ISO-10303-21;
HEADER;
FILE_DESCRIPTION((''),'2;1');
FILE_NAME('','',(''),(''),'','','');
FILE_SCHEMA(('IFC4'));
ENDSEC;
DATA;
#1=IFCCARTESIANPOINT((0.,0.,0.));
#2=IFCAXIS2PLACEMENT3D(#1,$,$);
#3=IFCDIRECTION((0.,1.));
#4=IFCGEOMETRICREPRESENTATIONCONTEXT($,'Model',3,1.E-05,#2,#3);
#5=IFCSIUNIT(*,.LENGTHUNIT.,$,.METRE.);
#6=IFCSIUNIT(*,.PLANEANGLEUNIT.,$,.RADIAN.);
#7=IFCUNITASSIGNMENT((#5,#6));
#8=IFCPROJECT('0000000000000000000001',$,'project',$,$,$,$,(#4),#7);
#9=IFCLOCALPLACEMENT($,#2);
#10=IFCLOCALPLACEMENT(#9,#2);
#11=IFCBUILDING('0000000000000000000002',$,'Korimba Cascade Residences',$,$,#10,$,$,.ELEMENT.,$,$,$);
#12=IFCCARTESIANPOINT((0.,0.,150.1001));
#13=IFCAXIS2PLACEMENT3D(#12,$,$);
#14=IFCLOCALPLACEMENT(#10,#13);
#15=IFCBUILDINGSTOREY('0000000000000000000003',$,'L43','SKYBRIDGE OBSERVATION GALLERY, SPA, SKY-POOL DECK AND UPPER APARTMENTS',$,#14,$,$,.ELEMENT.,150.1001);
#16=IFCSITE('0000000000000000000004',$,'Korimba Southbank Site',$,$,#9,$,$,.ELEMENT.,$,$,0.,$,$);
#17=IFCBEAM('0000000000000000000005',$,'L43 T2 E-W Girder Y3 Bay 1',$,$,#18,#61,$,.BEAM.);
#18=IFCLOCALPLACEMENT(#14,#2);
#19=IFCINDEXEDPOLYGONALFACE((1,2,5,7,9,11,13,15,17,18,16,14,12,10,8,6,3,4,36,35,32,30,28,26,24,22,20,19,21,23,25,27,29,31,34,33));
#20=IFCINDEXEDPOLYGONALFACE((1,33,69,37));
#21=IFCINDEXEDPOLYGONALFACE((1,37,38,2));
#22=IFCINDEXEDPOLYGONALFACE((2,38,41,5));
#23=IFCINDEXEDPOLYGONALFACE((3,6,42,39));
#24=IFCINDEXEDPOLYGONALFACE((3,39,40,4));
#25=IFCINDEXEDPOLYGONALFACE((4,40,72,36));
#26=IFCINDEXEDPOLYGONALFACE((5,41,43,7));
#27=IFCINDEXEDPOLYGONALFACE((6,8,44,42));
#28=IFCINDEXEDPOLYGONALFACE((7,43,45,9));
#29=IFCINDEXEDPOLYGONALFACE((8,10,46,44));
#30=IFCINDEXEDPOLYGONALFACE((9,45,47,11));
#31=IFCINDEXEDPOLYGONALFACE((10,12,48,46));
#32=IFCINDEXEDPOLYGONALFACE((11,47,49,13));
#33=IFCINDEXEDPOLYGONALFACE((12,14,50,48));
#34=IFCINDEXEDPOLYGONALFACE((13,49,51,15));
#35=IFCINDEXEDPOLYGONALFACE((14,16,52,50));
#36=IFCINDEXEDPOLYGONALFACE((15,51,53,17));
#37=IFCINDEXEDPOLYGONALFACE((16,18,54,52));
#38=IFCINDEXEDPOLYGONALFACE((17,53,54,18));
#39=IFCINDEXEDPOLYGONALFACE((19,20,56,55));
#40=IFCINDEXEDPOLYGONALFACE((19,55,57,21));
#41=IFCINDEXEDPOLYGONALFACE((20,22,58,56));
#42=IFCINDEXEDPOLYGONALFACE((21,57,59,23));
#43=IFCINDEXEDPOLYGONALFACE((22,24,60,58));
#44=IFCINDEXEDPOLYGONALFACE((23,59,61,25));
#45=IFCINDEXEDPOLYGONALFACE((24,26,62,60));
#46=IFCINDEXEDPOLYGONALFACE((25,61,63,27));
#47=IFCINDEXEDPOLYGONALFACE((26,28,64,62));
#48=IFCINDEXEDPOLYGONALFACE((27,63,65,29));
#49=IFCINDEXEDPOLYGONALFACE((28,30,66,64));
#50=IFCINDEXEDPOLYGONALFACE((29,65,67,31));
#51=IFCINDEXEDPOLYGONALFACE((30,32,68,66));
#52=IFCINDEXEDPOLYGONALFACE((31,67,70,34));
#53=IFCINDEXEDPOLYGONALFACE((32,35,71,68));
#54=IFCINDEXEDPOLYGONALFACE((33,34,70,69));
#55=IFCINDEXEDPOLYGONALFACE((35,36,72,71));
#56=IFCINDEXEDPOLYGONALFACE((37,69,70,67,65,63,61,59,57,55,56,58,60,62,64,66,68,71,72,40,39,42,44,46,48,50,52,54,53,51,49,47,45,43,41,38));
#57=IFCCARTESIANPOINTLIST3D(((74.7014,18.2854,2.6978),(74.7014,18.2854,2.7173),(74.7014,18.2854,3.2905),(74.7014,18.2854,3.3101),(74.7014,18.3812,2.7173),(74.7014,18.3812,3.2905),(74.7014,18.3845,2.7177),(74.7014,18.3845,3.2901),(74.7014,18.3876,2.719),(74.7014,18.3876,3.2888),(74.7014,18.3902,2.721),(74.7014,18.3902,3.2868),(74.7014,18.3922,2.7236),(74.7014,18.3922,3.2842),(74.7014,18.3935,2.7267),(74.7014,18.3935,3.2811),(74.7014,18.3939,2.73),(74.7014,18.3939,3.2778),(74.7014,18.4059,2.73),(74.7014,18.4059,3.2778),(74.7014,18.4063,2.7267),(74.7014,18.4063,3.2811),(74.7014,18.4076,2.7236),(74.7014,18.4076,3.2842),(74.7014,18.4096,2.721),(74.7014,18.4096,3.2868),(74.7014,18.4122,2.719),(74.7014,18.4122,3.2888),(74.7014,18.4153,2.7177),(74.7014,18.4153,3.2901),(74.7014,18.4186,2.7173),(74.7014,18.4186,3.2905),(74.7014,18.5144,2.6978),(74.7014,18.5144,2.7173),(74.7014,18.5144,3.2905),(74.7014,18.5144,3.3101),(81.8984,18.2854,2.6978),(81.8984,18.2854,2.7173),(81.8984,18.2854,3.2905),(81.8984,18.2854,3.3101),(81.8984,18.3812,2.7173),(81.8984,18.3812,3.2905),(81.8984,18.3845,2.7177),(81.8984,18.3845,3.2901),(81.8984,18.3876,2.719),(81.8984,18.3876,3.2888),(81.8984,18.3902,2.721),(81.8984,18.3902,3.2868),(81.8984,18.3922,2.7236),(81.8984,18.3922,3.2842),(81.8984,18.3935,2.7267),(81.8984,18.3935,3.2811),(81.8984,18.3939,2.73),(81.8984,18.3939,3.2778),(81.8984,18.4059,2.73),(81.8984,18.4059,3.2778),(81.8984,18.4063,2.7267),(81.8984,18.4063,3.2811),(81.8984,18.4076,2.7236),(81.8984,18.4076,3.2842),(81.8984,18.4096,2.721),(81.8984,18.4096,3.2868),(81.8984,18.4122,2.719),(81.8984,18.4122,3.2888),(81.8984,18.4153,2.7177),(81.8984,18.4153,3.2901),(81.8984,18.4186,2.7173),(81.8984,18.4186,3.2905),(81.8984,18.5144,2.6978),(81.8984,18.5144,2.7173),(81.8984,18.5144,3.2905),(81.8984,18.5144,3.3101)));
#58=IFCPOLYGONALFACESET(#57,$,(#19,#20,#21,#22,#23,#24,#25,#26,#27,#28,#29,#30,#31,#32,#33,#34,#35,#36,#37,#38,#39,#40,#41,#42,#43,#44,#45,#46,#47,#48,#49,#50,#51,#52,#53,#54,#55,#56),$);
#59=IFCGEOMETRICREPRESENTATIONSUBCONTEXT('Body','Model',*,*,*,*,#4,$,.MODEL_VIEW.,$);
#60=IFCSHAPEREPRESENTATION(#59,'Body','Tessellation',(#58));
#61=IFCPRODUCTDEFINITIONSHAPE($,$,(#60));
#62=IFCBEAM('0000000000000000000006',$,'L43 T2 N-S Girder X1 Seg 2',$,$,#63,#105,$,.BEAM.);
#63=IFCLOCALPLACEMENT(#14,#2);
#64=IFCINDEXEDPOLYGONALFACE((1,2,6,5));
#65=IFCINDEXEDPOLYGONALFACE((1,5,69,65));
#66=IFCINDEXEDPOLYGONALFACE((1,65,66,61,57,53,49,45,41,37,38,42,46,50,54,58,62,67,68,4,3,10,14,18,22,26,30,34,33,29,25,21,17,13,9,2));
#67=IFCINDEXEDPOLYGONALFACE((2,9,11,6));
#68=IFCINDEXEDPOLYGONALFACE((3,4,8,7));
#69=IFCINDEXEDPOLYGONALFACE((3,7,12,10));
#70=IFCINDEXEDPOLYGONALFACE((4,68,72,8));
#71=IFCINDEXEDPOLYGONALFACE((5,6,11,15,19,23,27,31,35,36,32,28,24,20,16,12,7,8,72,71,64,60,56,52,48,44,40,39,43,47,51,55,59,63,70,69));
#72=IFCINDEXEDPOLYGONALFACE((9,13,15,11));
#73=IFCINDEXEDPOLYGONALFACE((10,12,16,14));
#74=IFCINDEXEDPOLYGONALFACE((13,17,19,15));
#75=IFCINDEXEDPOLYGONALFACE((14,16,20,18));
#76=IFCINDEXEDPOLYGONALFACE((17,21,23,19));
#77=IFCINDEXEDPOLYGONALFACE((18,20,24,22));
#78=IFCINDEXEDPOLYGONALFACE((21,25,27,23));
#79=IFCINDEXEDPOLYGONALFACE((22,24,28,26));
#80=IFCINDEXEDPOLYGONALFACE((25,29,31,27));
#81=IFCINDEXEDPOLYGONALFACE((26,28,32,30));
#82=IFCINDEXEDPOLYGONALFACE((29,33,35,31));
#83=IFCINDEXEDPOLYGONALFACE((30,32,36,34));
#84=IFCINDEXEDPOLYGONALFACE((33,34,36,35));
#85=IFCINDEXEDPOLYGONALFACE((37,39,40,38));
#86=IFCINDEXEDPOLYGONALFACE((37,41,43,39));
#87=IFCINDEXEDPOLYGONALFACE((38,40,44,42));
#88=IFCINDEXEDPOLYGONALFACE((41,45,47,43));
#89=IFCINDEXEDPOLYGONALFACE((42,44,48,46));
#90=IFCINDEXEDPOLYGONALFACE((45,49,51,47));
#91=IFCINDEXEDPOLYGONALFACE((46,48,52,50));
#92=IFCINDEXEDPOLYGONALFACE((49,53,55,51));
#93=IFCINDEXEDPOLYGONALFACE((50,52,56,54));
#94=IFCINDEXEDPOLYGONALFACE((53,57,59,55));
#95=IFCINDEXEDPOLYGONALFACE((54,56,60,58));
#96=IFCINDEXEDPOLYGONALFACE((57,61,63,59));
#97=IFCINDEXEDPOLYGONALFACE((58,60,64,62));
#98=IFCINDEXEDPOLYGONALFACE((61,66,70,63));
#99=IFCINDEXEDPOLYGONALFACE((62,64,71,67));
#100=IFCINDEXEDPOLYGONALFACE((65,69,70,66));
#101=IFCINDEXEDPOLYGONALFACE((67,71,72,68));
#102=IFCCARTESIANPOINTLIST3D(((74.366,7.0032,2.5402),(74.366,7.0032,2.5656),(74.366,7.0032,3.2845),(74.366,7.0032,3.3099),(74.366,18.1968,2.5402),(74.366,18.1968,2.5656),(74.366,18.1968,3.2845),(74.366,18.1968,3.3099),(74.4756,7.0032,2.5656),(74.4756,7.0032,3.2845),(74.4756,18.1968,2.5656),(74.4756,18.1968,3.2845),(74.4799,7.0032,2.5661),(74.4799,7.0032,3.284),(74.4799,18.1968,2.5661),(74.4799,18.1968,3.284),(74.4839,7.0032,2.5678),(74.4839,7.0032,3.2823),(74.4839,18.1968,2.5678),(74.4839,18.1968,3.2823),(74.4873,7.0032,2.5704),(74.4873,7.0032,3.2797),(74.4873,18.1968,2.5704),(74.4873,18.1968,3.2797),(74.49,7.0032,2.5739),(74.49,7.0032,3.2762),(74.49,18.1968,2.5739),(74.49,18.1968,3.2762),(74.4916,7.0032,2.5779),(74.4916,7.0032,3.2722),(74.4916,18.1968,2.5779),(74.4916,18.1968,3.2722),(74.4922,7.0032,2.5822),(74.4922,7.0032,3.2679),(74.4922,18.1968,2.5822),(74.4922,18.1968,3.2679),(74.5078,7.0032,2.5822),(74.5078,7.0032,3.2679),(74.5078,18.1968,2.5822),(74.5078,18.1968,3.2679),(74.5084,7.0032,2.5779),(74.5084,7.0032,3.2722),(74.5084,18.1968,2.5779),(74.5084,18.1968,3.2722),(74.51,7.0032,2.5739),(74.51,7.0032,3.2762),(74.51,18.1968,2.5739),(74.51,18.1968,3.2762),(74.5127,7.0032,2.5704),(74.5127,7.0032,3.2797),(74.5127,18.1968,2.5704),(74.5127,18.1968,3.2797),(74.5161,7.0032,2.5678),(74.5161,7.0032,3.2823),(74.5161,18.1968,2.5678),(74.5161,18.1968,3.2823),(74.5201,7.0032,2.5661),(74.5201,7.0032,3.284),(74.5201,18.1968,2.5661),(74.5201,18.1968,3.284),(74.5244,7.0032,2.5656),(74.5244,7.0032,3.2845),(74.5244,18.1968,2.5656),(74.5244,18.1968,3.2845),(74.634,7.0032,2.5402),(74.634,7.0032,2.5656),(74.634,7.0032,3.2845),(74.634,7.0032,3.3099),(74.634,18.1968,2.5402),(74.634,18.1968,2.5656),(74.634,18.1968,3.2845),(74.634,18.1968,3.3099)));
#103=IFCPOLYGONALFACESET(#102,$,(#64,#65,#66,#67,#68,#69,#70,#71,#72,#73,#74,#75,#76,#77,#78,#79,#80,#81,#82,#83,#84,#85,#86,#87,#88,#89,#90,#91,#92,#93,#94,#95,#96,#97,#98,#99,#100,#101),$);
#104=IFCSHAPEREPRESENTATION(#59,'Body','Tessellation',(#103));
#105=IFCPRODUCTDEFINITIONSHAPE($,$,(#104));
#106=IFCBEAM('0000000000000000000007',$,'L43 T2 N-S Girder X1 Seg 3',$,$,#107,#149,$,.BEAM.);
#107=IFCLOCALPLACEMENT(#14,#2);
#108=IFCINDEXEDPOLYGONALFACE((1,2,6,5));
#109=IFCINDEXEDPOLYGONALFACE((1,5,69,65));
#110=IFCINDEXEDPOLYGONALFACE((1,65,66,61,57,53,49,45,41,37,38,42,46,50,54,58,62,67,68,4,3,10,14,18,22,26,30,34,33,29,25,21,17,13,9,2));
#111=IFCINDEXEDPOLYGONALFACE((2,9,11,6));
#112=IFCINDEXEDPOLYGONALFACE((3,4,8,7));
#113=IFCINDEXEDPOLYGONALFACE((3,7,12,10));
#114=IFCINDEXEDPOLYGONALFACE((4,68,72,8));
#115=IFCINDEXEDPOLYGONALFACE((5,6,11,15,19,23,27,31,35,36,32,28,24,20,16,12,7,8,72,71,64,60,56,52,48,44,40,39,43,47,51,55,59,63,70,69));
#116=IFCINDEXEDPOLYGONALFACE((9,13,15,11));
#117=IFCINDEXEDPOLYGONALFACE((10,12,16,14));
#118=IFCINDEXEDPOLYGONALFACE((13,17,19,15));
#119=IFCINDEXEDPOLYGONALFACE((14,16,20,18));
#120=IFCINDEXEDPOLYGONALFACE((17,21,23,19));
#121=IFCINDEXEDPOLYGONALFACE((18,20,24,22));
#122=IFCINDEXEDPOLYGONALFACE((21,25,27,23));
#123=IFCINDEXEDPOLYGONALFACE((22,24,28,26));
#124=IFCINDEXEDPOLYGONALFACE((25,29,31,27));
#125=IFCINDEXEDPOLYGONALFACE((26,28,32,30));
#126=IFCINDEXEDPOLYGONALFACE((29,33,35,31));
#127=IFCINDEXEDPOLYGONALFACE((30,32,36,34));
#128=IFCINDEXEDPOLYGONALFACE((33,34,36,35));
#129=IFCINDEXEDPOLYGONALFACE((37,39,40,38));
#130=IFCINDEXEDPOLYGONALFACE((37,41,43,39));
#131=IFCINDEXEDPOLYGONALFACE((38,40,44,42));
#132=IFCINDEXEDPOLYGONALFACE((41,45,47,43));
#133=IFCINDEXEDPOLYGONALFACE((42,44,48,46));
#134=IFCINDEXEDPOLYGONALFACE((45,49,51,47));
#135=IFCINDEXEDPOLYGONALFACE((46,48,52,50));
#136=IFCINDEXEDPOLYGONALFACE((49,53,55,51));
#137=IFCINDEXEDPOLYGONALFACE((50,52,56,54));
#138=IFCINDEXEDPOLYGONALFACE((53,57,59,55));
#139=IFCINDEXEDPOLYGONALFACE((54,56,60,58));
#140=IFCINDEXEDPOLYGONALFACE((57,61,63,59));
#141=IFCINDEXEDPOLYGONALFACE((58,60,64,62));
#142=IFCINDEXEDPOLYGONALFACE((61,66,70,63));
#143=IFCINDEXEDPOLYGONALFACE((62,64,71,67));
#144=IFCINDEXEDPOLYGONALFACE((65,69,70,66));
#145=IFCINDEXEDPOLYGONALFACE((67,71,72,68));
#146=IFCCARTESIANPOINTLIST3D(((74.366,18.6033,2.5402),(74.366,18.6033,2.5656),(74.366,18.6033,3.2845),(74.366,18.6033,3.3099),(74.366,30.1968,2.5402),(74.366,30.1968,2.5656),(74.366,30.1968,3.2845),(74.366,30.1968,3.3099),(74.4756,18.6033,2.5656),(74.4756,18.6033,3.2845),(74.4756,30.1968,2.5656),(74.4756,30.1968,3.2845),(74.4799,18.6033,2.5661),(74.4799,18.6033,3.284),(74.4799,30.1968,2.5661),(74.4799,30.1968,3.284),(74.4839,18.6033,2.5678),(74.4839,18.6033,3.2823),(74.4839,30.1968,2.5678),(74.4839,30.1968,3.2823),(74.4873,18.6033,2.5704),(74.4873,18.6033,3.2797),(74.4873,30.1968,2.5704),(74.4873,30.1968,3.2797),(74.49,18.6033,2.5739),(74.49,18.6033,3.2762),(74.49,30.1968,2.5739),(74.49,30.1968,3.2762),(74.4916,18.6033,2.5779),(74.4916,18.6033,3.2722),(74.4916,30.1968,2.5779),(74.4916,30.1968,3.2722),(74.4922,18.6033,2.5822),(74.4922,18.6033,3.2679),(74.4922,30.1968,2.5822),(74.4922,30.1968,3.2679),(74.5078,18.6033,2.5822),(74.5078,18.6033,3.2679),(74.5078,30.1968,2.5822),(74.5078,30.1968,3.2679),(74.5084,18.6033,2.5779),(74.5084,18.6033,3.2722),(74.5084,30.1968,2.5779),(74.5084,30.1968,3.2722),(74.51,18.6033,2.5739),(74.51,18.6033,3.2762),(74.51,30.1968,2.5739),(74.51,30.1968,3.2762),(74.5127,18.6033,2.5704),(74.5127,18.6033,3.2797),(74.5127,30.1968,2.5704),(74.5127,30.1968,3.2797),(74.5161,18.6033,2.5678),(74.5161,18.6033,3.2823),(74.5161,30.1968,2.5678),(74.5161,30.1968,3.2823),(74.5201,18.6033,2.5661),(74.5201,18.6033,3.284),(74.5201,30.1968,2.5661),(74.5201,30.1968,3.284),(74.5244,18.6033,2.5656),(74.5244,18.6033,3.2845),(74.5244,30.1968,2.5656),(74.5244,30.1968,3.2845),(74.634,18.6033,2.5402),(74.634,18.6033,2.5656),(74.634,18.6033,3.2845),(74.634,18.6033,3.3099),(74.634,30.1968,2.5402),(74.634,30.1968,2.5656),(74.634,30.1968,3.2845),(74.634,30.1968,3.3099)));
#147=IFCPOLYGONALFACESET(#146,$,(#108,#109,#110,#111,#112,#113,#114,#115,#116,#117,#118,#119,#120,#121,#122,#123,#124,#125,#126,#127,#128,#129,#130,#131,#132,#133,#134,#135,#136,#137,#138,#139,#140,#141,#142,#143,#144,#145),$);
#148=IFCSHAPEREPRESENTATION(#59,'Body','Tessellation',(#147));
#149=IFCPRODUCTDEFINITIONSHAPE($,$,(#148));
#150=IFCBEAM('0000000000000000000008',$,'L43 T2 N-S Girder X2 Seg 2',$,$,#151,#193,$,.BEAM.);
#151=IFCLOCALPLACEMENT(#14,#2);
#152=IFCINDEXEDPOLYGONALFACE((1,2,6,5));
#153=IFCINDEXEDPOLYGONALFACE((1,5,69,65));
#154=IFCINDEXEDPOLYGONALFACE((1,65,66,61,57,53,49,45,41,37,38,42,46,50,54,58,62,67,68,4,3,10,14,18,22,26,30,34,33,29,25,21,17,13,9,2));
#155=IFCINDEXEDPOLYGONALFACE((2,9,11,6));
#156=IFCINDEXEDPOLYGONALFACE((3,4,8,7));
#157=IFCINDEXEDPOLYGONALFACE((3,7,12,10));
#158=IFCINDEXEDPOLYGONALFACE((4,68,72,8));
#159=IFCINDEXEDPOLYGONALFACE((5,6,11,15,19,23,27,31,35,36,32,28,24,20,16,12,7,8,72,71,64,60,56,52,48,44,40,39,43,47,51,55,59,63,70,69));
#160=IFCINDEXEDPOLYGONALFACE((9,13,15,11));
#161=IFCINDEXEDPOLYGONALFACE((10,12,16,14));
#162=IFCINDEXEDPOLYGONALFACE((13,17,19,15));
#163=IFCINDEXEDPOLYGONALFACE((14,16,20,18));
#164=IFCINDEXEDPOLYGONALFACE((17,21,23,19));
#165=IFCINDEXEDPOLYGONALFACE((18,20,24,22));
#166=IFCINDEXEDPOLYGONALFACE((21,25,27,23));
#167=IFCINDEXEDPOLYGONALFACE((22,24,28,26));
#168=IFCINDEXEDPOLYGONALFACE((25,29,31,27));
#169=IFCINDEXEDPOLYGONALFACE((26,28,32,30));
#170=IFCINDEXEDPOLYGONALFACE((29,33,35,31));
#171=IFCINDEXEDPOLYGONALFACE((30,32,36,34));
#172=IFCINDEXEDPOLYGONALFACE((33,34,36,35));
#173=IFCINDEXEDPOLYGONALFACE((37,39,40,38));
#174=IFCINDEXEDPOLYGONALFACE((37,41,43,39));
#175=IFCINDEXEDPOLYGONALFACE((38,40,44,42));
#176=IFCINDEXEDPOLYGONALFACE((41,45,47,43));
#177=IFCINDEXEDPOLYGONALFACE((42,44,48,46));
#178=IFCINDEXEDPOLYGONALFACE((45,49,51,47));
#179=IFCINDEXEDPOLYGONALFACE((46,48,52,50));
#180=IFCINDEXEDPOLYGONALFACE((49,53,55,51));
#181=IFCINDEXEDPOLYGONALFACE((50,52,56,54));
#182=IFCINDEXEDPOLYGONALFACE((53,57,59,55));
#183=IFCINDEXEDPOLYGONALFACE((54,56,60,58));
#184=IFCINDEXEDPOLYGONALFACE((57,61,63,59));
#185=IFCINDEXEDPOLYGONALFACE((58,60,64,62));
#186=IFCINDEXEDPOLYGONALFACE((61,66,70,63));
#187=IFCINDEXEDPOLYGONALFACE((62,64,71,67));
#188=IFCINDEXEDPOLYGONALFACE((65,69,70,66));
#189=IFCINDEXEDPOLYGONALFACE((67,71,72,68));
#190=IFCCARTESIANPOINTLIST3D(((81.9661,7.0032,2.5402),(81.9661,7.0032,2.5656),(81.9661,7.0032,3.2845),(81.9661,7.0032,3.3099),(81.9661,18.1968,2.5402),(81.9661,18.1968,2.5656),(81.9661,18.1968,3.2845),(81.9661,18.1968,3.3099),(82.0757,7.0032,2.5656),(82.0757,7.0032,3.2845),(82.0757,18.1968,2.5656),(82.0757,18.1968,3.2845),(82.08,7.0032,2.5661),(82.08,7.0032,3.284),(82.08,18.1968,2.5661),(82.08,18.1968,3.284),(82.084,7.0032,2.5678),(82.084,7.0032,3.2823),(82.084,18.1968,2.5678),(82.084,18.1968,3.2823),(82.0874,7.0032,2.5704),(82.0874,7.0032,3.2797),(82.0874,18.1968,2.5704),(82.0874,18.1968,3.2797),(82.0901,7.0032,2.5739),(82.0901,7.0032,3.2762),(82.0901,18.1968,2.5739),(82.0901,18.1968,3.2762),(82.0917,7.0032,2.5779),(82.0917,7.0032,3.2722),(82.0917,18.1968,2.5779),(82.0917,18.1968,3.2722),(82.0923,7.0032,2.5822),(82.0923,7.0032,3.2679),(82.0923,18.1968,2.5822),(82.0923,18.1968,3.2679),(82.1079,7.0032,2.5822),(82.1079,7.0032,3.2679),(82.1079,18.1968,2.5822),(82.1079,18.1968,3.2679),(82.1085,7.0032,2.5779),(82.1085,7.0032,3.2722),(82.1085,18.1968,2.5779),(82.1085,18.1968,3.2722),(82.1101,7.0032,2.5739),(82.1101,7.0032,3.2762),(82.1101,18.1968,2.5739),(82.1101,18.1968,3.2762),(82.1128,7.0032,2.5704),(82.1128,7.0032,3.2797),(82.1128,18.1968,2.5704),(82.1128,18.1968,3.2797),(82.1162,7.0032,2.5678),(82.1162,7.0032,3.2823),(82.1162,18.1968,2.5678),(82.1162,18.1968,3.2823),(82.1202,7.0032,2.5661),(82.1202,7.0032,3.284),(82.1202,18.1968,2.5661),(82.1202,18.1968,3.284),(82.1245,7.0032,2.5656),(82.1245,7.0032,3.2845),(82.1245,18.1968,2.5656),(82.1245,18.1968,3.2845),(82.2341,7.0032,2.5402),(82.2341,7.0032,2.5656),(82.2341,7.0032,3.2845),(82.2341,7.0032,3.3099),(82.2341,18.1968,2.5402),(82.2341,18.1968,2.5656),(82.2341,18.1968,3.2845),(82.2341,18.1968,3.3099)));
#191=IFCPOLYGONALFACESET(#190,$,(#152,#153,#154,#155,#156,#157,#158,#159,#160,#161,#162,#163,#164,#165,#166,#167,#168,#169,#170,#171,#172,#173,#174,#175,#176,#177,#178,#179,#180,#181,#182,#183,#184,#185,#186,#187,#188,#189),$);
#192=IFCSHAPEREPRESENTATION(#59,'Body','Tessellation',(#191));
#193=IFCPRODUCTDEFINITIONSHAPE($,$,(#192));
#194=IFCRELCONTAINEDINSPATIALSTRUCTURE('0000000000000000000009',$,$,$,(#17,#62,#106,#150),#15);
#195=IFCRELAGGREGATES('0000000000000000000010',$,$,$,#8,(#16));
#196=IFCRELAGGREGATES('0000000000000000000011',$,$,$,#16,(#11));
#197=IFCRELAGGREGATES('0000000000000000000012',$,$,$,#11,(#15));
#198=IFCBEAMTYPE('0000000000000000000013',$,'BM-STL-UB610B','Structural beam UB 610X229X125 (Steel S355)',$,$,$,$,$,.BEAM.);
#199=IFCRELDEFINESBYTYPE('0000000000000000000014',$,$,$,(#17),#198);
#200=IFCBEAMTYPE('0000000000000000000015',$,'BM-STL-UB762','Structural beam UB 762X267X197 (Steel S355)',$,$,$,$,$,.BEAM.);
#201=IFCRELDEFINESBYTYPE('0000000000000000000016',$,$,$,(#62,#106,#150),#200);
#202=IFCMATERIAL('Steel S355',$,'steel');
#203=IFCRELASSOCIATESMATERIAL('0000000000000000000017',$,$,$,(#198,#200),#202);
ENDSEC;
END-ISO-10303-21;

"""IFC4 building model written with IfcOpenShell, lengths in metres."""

from ifc_helpers import new_model, si_unit, direction, frame, origin, origin_2d, place, context, subcontext, project, spatial, i_section, extrude, material, material_profile, profile_set, type_object, element, save


model = new_model("IFC4")

# Units and contexts
model_context = context("Model", 3, precision=1e-05, world=origin(), true_north=direction((0.0, 1.0)))
body_context = subcontext(model_context, "Body", "Model", "MODEL_VIEW")
ifc_project = project(units=[si_unit("LENGTHUNIT", "METRE"), si_unit("PLANEANGLEUNIT", "RADIAN")], contexts=[model_context])

# Site, building, storey
site_placement = place(None, origin())
site = spatial("IfcSite", under=ifc_project, at=site_placement, Name="Korimba Southbank Site", CompositionType="ELEMENT", RefElevation=0.0)
building_placement = place(site_placement, origin())
building = spatial("IfcBuilding", under=site, at=building_placement, Name="Korimba Cascade Residences", CompositionType="ELEMENT")
storey_placement = place(building_placement, frame((0.0, 0.0, 150.1001)))
storey = spatial("IfcBuildingStorey", under=building, at=storey_placement, Name="L43", Description="SKYBRIDGE OBSERVATION GALLERY, SPA, SKY-POOL DECK AND UPPER APARTMENTS", CompositionType="ELEMENT", Elevation=150.1001)

# Beams
ifc_material_1 = material(Name="Steel S355", Category="steel")
ifc_material_profile_1 = material_profile(ifc_material_1, i_section(OverallWidth=0.229, OverallDepth=0.6123, WebThickness=0.012, FlangeThickness=0.0195, FilletRadius=0.0127, at=origin_2d()), Name="Steel S355")
ifc_profile_set_1 = profile_set([ifc_material_profile_1], Name="Steel S355")
beam_type_1 = type_object("IfcBeamType", Name="BM-STL-UB610B", Description="Structural beam UB 610X229X125 (Steel S355)", PredefinedType="BEAM", material=ifc_profile_set_1)
beam_1_placement = place(storey_placement, frame((74.7014, 18.3999, 3.0039), z_axis=(1.0, 0.0, 0.0), x_axis=(0.0, 1.0, 0.0)))
element("IfcBeam", 1, at=beam_1_placement, inside=storey, type_object=beam_type_1, Name="L43 T2 E-W Girder Y3 Bay 1", PredefinedType="BEAM", context=body_context, shape_type="SweptSolid", body=[
    extrude(i_section(OverallWidth=0.229, OverallDepth=0.6123, WebThickness=0.012, FlangeThickness=0.0195, FilletRadius=0.0127, at=origin_2d()), origin(), (0.0, 0.0, 1.0), 7.197),
])
ifc_material_profile_2 = material_profile(ifc_material_1, i_section(OverallWidth=0.2681, OverallDepth=0.7698, WebThickness=0.0156, FlangeThickness=0.0254, FilletRadius=0.0166, at=origin_2d()), Name="Steel S355")
ifc_profile_set_2 = profile_set([ifc_material_profile_2], Name="Steel S355")
beam_type_2 = type_object("IfcBeamType", Name="BM-STL-UB762", Description="Structural beam UB 762X267X197 (Steel S355)", PredefinedType="BEAM", material=ifc_profile_set_2)
beam_2_placement = place(storey_placement, frame((74.5, 7.0032, 2.925), z_axis=(0.0, 1.0, 0.0), x_axis=(-1.0, 0.0, 0.0)))
element("IfcBeam", 2, at=beam_2_placement, inside=storey, type_object=beam_type_2, Name="L43 T2 N-S Girder X1 Seg 2", PredefinedType="BEAM", context=body_context, shape_type="SweptSolid", body=[
    extrude(i_section(OverallWidth=0.2681, OverallDepth=0.7698, WebThickness=0.0156, FlangeThickness=0.0254, FilletRadius=0.0166, at=origin_2d()), origin(), (0.0, 0.0, 1.0), 11.1936),
])
beam_3_placement = place(storey_placement, frame((74.5, 18.6033, 2.925), z_axis=(0.0, 1.0, 0.0), x_axis=(-1.0, 0.0, 0.0)))
element("IfcBeam", 3, at=beam_3_placement, inside=storey, type_object=beam_type_2, Name="L43 T2 N-S Girder X1 Seg 3", PredefinedType="BEAM", context=body_context, shape_type="SweptSolid", body=[
    extrude(i_section(OverallWidth=0.2681, OverallDepth=0.7698, WebThickness=0.0156, FlangeThickness=0.0254, FilletRadius=0.0166, at=origin_2d()), origin(), (0.0, 0.0, 1.0), 11.5935),
])
beam_4_placement = place(storey_placement, frame((82.1001, 7.0032, 2.925), z_axis=(0.0, 1.0, 0.0), x_axis=(-1.0, 0.0, 0.0)))
element("IfcBeam", 4, at=beam_4_placement, inside=storey, type_object=beam_type_2, Name="L43 T2 N-S Girder X2 Seg 2", PredefinedType="BEAM", context=body_context, shape_type="SweptSolid", body=[
    extrude(i_section(OverallWidth=0.2681, OverallDepth=0.7698, WebThickness=0.0156, FlangeThickness=0.0254, FilletRadius=0.0166, at=origin_2d()), origin(), (0.0, 0.0, 1.0), 11.1936),
])

save(model, "model.ifc")
